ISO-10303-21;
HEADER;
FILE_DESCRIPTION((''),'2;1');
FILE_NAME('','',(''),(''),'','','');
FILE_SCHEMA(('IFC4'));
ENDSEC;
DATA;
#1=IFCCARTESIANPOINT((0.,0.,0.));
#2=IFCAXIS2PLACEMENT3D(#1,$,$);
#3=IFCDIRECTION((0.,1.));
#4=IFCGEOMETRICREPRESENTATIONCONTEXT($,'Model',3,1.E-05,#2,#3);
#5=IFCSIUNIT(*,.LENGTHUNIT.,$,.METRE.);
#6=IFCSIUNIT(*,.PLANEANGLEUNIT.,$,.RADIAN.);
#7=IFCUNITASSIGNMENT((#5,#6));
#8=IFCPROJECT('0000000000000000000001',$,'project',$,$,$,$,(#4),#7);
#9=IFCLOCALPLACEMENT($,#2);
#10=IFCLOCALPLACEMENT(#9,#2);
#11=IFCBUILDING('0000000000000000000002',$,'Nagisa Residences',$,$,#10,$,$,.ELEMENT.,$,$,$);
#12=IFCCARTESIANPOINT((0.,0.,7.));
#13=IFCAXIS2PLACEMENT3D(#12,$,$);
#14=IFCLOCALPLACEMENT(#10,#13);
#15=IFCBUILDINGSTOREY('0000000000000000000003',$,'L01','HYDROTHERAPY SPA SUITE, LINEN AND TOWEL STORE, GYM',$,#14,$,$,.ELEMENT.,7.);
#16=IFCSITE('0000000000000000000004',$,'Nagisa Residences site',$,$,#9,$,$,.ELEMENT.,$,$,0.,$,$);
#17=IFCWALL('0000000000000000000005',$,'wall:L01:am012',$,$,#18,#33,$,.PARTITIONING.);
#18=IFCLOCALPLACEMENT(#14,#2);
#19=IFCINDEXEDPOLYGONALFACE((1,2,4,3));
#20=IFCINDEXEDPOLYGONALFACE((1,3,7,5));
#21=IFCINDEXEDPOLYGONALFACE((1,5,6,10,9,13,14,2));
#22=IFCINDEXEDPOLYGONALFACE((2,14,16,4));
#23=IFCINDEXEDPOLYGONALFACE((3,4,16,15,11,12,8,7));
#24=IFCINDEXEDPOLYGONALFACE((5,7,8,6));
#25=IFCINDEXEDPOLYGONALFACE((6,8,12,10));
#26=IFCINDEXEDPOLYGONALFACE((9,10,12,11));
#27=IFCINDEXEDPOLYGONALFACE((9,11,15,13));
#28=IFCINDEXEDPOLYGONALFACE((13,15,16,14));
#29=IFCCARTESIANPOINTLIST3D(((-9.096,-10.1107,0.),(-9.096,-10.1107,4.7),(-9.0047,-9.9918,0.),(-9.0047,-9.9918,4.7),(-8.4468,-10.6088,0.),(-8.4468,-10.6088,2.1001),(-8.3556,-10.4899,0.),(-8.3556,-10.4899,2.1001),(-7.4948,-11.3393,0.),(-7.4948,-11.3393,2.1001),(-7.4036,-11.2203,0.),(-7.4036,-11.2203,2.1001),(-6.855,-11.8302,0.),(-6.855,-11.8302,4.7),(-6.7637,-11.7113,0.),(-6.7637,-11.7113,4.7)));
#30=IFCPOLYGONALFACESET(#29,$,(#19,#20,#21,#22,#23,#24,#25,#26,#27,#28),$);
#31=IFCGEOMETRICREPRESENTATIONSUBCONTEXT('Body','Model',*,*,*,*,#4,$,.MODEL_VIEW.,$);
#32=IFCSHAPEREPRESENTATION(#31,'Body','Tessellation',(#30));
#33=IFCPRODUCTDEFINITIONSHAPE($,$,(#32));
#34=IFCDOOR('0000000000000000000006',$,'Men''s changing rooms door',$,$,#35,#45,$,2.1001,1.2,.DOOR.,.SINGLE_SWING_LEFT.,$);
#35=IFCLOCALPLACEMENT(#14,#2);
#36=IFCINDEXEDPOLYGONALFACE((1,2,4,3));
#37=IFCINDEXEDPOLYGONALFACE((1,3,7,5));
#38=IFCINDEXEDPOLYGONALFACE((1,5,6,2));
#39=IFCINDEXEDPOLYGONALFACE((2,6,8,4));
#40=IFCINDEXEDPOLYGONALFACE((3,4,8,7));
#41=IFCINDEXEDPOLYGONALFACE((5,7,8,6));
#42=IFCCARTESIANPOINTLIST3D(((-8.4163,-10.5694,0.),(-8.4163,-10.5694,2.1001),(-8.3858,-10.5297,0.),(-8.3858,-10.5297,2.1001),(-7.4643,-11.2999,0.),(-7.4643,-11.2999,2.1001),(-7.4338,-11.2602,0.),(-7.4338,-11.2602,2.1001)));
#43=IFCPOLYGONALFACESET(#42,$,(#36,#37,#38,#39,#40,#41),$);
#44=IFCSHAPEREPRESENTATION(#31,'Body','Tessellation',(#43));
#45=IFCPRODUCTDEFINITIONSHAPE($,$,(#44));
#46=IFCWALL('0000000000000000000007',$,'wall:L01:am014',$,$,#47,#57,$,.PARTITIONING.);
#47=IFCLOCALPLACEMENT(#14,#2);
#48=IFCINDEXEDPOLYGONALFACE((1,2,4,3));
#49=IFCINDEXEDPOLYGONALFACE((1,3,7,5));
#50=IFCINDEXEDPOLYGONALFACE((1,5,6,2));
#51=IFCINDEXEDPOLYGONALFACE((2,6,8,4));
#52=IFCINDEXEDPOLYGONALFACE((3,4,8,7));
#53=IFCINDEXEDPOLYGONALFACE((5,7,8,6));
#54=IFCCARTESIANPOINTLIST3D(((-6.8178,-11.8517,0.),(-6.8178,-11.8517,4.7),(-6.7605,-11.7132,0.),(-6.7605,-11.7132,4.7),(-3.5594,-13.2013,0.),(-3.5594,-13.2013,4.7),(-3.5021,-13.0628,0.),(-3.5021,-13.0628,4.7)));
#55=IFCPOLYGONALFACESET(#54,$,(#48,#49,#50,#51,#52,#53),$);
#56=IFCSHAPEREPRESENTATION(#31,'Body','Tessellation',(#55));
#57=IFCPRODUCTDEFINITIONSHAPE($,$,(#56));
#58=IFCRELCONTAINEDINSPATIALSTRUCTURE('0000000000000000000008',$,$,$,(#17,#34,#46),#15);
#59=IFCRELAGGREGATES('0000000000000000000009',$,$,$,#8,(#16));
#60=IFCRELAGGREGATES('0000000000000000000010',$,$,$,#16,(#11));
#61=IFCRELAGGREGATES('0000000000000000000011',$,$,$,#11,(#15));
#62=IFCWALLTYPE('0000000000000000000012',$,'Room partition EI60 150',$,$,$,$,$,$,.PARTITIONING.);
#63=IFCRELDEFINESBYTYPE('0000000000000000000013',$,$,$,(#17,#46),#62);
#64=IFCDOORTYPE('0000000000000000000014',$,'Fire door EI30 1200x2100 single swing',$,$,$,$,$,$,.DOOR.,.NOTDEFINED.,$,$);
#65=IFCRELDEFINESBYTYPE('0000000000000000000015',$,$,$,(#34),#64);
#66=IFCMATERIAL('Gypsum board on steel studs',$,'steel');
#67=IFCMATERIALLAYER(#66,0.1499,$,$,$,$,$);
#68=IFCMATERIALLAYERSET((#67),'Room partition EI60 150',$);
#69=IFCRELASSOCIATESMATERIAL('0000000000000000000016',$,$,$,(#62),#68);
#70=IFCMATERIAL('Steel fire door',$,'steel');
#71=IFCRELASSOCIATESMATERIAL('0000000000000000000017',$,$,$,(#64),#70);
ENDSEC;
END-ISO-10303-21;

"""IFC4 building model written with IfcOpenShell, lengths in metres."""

from ifc_helpers import new_model, si_unit, direction, frame, frame_2d, origin, place, context, subcontext, project, spatial, rectangle, extrude, material, layer, layer_set, type_object, element, fill, save


model = new_model("IFC4")

# Units and contexts
model_context = context("Model", 3, precision=1e-05, world=origin(), true_north=direction((0.0, 1.0)))
body_context = subcontext(model_context, "Body", "Model", "MODEL_VIEW")
ifc_project = project(units=[si_unit("LENGTHUNIT", "METRE"), si_unit("PLANEANGLEUNIT", "RADIAN")], contexts=[model_context])

# Site, building, storey
site_placement = place(None, origin())
site = spatial("IfcSite", under=ifc_project, at=site_placement, Name="Nagisa Residences site", CompositionType="ELEMENT", RefElevation=0.0)
building_placement = place(site_placement, origin())
building = spatial("IfcBuilding", under=site, at=building_placement, Name="Nagisa Residences", CompositionType="ELEMENT")
storey_placement = place(building_placement, frame((0.0, 0.0, 7.0)))
storey = spatial("IfcBuildingStorey", under=building, at=storey_placement, Name="L01", Description="HYDROTHERAPY SPA SUITE, LINEN AND TOWEL STORE, GYM", CompositionType="ELEMENT", Elevation=7.0)

# Shared definitions
ifc_material_1 = material(Name="Gypsum board on steel studs", Category="steel")
ifc_layer_1 = layer(ifc_material_1, 0.1499)
ifc_layer_set_1 = layer_set([ifc_layer_1], Name="Room partition EI60 150")
wall_type_1 = type_object("IfcWallType", Name="Room partition EI60 150", PredefinedType="PARTITIONING", material=ifc_layer_set_1)

# Shared definitions
ifc_material_2 = material(Name="Steel fire door", Category="steel")
door_type_1 = type_object("IfcDoorType", Name="Fire door EI30 1200x2100 single swing", OperationType="NOTDEFINED", PredefinedType="DOOR", material=ifc_material_2)

# Wall, opening, door
wall_1_placement = place(storey_placement, frame((-6.8093, -11.7708, 0.0), z_axis=(0.0, 0.0, 1.0), x_axis=(-0.793366, 0.608745, 0.0)))
wall_1 = element("IfcWall", 1, at=wall_1_placement, inside=storey, type_object=wall_type_1, Name="wall:L01:am012", PredefinedType="PARTITIONING", context=body_context, shape_type="SweptSolid", body=[
    extrude(rectangle(XDim=2.8247, YDim=0.1499, at=frame_2d((1.4124, 0.0))), origin(), (0.0, 0.0, 1.0), 4.7),
])
opening_1_placement = place(wall_1_placement, frame((0.8064, 0.0, 0.0)))
opening_1 = element("IfcOpeningElement", 2, at=opening_1_placement, cuts=wall_1, PredefinedType="OPENING", context=body_context, shape_type="SweptSolid", body=[
    extrude(rectangle(XDim=1.2, YDim=2.1001, at=frame_2d((0.6001, 1.05))), frame((0.0, 0.085, 0.0), z_axis=(0.0, -1.0, 0.0), x_axis=(1.0, 0.0, 0.0)), (0.0, 0.0, 1.0), 0.1699),
])
door_1_placement = place(opening_1_placement, frame((1.2, 0.0, 0.0), x_axis=(-1.0, 0.0, 0.0)))
door_1 = element("IfcDoor", 3, at=door_1_placement, inside=storey, type_object=door_type_1, Name="Men's changing rooms door", OperationType="SINGLE_SWING_LEFT", OverallHeight=2.1001, OverallWidth=1.2, PredefinedType="DOOR", context=body_context, shape_type="SweptSolid", body=[
    extrude(rectangle(XDim=1.2, YDim=2.1001, at=frame_2d((0.6001, 1.05))), frame((0.0, 0.0249, 0.0), z_axis=(0.0, -1.0, 0.0), x_axis=(1.0, 0.0, 0.0)), (0.0, 0.0, 1.0), 0.05),
])
fill(opening_1, door_1)

# Wall
wall_2_placement = place(storey_placement, frame((-3.5308, -13.1321, 0.0), z_axis=(0.0, 0.0, 1.0), x_axis=(-0.923882, 0.382678, 0.0)))
element("IfcWall", 4, at=wall_2_placement, inside=storey, type_object=wall_type_1, Name="wall:L01:am014", PredefinedType="PARTITIONING", context=body_context, shape_type="SweptSolid", body=[
    extrude(rectangle(XDim=3.5269, YDim=0.1499, at=frame_2d((1.7634, 0.0))), origin(), (0.0, 0.0, 1.0), 4.7),
])

save(model, "model.ifc")
